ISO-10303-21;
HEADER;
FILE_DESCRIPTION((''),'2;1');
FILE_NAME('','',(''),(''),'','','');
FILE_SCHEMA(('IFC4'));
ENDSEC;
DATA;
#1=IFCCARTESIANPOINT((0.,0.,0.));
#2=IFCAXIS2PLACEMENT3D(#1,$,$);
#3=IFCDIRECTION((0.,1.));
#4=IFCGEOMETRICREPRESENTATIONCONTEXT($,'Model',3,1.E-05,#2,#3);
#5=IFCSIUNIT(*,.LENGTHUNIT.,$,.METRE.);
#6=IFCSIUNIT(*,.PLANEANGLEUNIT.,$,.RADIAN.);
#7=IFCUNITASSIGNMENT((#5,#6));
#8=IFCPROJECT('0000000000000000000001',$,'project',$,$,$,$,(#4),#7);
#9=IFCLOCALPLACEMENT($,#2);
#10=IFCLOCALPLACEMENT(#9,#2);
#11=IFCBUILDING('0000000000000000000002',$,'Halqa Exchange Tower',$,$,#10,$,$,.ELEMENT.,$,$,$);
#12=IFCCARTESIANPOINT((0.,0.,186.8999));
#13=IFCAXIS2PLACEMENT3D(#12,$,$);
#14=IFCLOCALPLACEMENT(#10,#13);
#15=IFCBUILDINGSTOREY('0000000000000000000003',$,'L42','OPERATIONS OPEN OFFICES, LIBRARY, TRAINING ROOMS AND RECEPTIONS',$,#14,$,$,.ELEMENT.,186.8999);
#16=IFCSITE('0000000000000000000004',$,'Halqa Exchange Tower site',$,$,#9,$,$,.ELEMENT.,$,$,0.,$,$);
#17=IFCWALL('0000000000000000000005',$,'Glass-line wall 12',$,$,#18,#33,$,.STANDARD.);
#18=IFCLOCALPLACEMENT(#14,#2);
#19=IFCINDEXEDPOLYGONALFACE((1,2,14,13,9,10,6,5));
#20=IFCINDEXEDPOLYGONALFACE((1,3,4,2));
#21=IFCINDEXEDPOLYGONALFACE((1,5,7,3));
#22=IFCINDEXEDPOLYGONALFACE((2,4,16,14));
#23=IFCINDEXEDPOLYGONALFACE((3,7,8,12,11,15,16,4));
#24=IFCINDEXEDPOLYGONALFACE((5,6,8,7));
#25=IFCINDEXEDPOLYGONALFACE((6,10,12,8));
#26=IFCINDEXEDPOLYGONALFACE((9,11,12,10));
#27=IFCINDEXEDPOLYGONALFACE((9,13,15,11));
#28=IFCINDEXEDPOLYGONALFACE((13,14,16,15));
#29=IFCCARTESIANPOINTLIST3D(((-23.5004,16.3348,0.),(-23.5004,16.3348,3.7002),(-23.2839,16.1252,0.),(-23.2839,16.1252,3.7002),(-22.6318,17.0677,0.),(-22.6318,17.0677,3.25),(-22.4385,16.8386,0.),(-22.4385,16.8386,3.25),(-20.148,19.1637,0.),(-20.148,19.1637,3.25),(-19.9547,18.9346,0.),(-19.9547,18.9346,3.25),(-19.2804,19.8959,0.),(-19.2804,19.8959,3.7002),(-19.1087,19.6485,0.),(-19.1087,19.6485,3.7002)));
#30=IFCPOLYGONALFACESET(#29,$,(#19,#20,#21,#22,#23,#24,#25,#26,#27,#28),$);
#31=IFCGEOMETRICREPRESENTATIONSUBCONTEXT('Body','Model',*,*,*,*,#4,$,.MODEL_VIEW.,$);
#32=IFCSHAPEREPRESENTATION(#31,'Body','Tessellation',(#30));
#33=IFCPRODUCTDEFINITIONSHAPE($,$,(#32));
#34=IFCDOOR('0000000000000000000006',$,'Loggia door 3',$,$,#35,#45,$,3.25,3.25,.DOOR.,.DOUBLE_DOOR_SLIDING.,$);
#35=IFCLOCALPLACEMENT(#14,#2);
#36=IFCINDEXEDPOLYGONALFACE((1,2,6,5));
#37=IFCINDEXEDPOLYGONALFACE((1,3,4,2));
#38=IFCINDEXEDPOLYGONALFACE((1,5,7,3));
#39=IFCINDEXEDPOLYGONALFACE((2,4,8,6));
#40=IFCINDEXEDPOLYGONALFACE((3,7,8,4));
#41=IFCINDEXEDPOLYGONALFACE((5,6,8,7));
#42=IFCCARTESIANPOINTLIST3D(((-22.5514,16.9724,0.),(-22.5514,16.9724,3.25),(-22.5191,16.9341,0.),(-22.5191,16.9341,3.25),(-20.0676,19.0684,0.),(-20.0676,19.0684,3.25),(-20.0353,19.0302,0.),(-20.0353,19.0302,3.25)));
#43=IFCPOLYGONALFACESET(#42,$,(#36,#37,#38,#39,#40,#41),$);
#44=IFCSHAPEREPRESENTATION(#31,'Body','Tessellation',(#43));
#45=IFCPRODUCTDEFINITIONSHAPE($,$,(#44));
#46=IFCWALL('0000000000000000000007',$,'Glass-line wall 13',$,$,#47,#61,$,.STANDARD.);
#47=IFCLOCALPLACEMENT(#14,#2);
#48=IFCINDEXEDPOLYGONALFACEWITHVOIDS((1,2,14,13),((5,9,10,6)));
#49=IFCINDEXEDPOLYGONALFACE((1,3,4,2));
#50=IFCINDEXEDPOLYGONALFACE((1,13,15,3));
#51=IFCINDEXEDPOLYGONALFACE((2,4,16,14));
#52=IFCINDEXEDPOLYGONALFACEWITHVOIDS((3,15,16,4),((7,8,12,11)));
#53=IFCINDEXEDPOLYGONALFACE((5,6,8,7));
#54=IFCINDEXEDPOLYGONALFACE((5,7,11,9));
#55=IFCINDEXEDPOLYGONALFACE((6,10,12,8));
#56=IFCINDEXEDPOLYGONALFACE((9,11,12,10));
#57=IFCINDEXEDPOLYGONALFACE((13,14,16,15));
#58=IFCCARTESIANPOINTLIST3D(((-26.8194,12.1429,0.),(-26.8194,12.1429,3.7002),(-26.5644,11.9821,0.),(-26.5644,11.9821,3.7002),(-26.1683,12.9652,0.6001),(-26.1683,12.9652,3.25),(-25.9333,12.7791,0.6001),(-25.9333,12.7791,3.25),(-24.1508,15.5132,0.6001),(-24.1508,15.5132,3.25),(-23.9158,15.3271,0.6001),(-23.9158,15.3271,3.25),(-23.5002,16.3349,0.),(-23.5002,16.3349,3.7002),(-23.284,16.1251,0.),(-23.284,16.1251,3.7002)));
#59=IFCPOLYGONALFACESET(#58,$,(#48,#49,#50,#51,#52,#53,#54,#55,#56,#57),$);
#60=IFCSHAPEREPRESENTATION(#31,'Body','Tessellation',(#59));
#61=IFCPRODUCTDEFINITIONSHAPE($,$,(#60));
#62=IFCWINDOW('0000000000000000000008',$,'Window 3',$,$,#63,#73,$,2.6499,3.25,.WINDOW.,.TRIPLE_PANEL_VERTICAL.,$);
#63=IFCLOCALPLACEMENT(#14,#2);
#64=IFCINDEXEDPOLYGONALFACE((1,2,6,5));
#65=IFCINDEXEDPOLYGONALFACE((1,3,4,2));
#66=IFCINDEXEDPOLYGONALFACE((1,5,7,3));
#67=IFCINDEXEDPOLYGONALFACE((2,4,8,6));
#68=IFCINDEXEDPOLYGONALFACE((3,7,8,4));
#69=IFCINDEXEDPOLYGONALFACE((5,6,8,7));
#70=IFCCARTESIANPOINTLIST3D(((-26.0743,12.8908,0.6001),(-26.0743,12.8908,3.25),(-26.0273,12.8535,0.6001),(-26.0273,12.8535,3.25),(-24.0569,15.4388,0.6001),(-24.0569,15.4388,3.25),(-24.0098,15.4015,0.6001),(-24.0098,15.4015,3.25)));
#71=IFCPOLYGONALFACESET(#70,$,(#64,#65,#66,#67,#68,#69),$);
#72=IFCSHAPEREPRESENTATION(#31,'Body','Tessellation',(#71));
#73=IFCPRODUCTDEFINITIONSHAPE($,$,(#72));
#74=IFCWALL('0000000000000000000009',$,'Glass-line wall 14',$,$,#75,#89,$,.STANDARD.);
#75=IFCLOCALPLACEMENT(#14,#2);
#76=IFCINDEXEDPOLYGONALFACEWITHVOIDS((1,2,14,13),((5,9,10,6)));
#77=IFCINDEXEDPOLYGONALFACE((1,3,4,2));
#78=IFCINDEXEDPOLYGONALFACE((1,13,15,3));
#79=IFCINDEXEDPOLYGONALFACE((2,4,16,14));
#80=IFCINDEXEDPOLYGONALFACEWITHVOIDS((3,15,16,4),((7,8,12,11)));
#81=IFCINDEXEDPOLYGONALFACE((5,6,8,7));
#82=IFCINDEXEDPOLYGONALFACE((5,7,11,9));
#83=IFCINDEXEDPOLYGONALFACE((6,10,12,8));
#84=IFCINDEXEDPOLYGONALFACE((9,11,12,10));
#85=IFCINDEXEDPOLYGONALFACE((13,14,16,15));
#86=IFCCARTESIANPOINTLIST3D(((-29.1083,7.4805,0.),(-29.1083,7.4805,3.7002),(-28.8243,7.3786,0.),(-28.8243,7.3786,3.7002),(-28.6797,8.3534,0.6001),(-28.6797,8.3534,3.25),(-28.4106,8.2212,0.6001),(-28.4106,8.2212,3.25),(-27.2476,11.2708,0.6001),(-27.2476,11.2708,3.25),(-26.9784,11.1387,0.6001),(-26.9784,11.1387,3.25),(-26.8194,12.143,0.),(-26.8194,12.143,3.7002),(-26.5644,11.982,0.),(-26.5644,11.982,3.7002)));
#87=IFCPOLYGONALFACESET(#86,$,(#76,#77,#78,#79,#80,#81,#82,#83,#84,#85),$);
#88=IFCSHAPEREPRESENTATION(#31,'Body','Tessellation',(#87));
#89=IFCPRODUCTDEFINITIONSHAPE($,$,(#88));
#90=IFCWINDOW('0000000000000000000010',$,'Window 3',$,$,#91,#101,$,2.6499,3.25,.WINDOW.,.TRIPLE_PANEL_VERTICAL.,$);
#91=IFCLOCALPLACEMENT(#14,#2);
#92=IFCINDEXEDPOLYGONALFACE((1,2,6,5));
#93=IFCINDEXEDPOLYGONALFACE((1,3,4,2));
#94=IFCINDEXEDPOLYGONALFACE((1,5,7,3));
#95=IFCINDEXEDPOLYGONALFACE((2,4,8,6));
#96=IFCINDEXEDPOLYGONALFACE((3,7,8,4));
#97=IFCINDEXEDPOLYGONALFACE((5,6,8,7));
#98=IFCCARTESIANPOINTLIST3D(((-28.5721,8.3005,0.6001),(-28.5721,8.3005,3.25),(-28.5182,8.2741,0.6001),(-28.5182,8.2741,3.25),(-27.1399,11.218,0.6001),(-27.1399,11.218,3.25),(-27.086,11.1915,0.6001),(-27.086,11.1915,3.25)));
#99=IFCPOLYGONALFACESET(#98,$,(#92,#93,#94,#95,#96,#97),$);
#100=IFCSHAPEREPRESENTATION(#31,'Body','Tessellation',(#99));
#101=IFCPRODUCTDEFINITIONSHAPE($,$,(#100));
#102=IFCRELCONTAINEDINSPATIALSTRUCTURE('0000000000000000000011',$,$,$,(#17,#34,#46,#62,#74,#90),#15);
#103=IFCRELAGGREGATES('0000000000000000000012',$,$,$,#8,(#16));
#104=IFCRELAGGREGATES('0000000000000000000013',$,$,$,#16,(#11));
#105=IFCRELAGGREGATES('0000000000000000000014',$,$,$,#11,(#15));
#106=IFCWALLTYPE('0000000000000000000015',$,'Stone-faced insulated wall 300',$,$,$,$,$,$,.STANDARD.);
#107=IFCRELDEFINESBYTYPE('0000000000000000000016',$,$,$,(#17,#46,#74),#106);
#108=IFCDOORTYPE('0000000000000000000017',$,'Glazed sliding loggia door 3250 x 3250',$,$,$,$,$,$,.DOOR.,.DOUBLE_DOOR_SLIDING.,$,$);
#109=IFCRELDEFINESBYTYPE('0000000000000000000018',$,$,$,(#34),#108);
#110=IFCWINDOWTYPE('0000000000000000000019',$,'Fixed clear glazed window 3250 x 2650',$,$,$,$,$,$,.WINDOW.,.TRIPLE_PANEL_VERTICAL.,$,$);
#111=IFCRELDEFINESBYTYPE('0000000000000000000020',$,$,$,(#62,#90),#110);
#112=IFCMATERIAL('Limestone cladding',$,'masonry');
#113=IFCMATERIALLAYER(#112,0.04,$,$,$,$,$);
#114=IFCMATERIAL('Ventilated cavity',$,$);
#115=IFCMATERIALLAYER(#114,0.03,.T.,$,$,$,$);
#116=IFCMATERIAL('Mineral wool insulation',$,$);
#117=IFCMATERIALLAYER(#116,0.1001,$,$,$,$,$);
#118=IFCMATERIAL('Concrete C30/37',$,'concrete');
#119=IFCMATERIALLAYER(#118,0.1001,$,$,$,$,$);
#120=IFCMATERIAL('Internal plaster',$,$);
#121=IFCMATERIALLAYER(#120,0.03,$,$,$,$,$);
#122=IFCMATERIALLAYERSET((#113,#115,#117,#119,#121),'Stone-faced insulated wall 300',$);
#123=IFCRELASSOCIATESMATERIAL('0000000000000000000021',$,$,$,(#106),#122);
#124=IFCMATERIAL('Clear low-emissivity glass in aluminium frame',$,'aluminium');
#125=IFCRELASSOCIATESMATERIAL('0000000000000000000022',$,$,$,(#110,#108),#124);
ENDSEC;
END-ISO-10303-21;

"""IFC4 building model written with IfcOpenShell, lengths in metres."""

from ifc_helpers import new_model, si_unit, direction, frame, frame_2d, origin, place, context, subcontext, project, spatial, polyline, rectangle, outline, extrude, material, layer, layer_set, type_object, element, fill, save


model = new_model("IFC4")

# Units and contexts
model_context = context("Model", 3, precision=1e-05, world=origin(), true_north=direction((0.0, 1.0)))
body_context = subcontext(model_context, "Body", "Model", "MODEL_VIEW")
ifc_project = project(units=[si_unit("LENGTHUNIT", "METRE"), si_unit("PLANEANGLEUNIT", "RADIAN")], contexts=[model_context])

# Site, building, storey
site_placement = place(None, origin())
site = spatial("IfcSite", under=ifc_project, at=site_placement, Name="Halqa Exchange Tower site", CompositionType="ELEMENT", RefElevation=0.0)
building_placement = place(site_placement, origin())
building = spatial("IfcBuilding", under=site, at=building_placement, Name="Halqa Exchange Tower", CompositionType="ELEMENT")
storey_placement = place(building_placement, frame((0.0, 0.0, 186.8999)))
storey = spatial("IfcBuildingStorey", under=building, at=storey_placement, Name="L42", Description="OPERATIONS OPEN OFFICES, LIBRARY, TRAINING ROOMS AND RECEPTIONS", CompositionType="ELEMENT", Elevation=186.8999)

# Shared definitions
ifc_material_1 = material(Name="Limestone cladding", Category="masonry")
ifc_layer_1 = layer(ifc_material_1, 0.04)
ifc_material_2 = material(Name="Ventilated cavity")
ifc_layer_2 = layer(ifc_material_2, 0.03, ventilated=True)
ifc_material_3 = material(Name="Mineral wool insulation")
ifc_layer_3 = layer(ifc_material_3, 0.1001)
ifc_material_4 = material(Name="Concrete C30/37", Category="concrete")
ifc_layer_4 = layer(ifc_material_4, 0.1001)
ifc_material_5 = material(Name="Internal plaster")
ifc_layer_5 = layer(ifc_material_5, 0.03)
ifc_layer_set_1 = layer_set([ifc_layer_1, ifc_layer_2, ifc_layer_3, ifc_layer_4, ifc_layer_5], Name="Stone-faced insulated wall 300")
wall_type_1 = type_object("IfcWallType", Name="Stone-faced insulated wall 300", PredefinedType="STANDARD", material=ifc_layer_set_1)
ifc_material_6 = material(Name="Clear low-emissivity glass in aluminium frame", Category="aluminium")
window_type = type_object("IfcWindowType", Name="Fixed clear glazed window 3250 x 2650", PartitioningType="TRIPLE_PANEL_VERTICAL", PredefinedType="WINDOW", material=ifc_material_6)

# Wall, opening, door
wall_1_placement = place(storey_placement, frame((-19.1946, 19.7722, 0.0), z_axis=(0.0, 0.0, 1.0), x_axis=(-0.764239, -0.644933, 0.0)))
wall_1 = element("IfcWall", 1, at=wall_1_placement, inside=storey, type_object=wall_type_1, Name="Glass-line wall 12", PredefinedType="STANDARD", context=body_context, shape_type="SweptSolid", body=[
    extrude(outline(polyline([(-0.0142, -0.1499), (5.5076, -0.1499), (5.4773, 0.1499), (0.0142, 0.1499), (-0.0142, -0.1499)])), origin(), (0.0, 0.0, 1.0), 3.7002),
])
opening_1_placement = place(wall_1_placement, frame((1.1211, 0.0, 0.0)))
opening_1 = element("IfcOpeningElement", 2, at=opening_1_placement, cuts=wall_1, PredefinedType="OPENING", context=body_context, shape_type="SweptSolid", body=[
    extrude(rectangle(XDim=3.25, YDim=3.25, at=frame_2d((1.625, 1.625))), frame((0.0, 0.1621, 0.0), z_axis=(0.0, -1.0, 0.0), x_axis=(1.0, 0.0, 0.0)), (0.0, 0.0, 1.0), 0.324),
])
door_type = type_object("IfcDoorType", Name="Glazed sliding loggia door 3250 x 3250", OperationType="DOUBLE_DOOR_SLIDING", PredefinedType="DOOR", material=ifc_material_6)
door_placement = place(opening_1_placement, origin())
door = element("IfcDoor", 3, at=door_placement, inside=storey, type_object=door_type, Name="Loggia door 3", OperationType="DOUBLE_DOOR_SLIDING", OverallHeight=3.25, OverallWidth=3.25, PredefinedType="DOOR", context=body_context, shape_type="SweptSolid", body=[
    extrude(rectangle(XDim=3.25, YDim=3.25, at=frame_2d((1.625, 1.625))), frame((0.0, 0.0249, 0.0), z_axis=(0.0, -1.0, 0.0), x_axis=(1.0, 0.0, 0.0)), (0.0, 0.0, 1.0), 0.05),
])
fill(opening_1, door)

# Walls, openings, windows
wall_2_placement = place(storey_placement, frame((-23.3921, 16.23, 0.0), z_axis=(0.0, 0.0, 1.0), x_axis=(-0.620766, -0.783996, 0.0)))
wall_2 = element("IfcWall", 4, at=wall_2_placement, inside=storey, type_object=wall_type_1, Name="Glass-line wall 13", PredefinedType="STANDARD", context=body_context, shape_type="SweptSolid", body=[
    extrude(outline(polyline([(-0.0151, -0.1499), (5.3318, -0.1499), (5.2996, 0.1499), (0.0151, 0.1499), (-0.0151, -0.1499)])), origin(), (0.0, 0.0, 1.0), 3.7002),
])
opening_2_placement = place(wall_2_placement, frame((1.033, 0.0, 0.6001)))
opening_2 = element("IfcOpeningElement", 5, at=opening_2_placement, cuts=wall_2, PredefinedType="OPENING", context=body_context, shape_type="SweptSolid", body=[
    extrude(rectangle(XDim=3.25, YDim=2.6499, at=frame_2d((1.625, 1.325))), frame((0.0, 0.1621, 0.0), z_axis=(0.0, -1.0, 0.0), x_axis=(1.0, 0.0, 0.0)), (0.0, 0.0, 1.0), 0.324),
])
window_1_placement = place(opening_2_placement, origin())
window_1 = element("IfcWindow", 6, at=window_1_placement, inside=storey, type_object=window_type, Name="Window 3", OverallHeight=2.6499, OverallWidth=3.25, PartitioningType="TRIPLE_PANEL_VERTICAL", PredefinedType="WINDOW", context=body_context, shape_type="SweptSolid", body=[
    extrude(rectangle(XDim=3.25, YDim=2.6499, at=frame_2d((1.625, 1.325))), frame((0.0, 0.03, 0.0), z_axis=(0.0, -1.0, 0.0), x_axis=(1.0, 0.0, 0.0)), (0.0, 0.0, 1.0), 0.0601),
])
fill(opening_2, window_1)
wall_3_placement = place(storey_placement, frame((-26.6919, 12.0625, 0.0), z_axis=(0.0, 0.0, 1.0), x_axis=(-0.440674, -0.897667, 0.0)))
wall_3 = element("IfcWall", 7, at=wall_3_placement, inside=storey, type_object=wall_type_1, Name="Glass-line wall 14", PredefinedType="STANDARD", context=body_context, shape_type="SweptSolid", body=[
    extrude(outline(polyline([(-0.0161, -0.1499), (5.178, -0.1499), (5.1443, 0.1499), (0.0161, 0.1499), (-0.0161, -0.1499)])), origin(), (0.0, 0.0, 1.0), 3.7002),
])
opening_3_placement = place(wall_3_placement, frame((0.9556, 0.0, 0.6001)))
opening_3 = element("IfcOpeningElement", 8, at=opening_3_placement, cuts=wall_3, PredefinedType="OPENING", context=body_context, shape_type="SweptSolid", body=[
    extrude(rectangle(XDim=3.25, YDim=2.6499, at=frame_2d((1.625, 1.325))), frame((0.0, 0.1621, 0.0), z_axis=(0.0, -1.0, 0.0), x_axis=(1.0, 0.0, 0.0)), (0.0, 0.0, 1.0), 0.324),
])
window_2_placement = place(opening_3_placement, origin())
window_2 = element("IfcWindow", 9, at=window_2_placement, inside=storey, type_object=window_type, Name="Window 3", OverallHeight=2.6499, OverallWidth=3.25, PartitioningType="TRIPLE_PANEL_VERTICAL", PredefinedType="WINDOW", context=body_context, shape_type="SweptSolid", body=[
    extrude(rectangle(XDim=3.25, YDim=2.6499, at=frame_2d((1.625, 1.325))), frame((0.0, 0.03, 0.0), z_axis=(0.0, -1.0, 0.0), x_axis=(1.0, 0.0, 0.0)), (0.0, 0.0, 1.0), 0.0601),
])
fill(opening_3, window_2)

save(model, "model.ifc")
